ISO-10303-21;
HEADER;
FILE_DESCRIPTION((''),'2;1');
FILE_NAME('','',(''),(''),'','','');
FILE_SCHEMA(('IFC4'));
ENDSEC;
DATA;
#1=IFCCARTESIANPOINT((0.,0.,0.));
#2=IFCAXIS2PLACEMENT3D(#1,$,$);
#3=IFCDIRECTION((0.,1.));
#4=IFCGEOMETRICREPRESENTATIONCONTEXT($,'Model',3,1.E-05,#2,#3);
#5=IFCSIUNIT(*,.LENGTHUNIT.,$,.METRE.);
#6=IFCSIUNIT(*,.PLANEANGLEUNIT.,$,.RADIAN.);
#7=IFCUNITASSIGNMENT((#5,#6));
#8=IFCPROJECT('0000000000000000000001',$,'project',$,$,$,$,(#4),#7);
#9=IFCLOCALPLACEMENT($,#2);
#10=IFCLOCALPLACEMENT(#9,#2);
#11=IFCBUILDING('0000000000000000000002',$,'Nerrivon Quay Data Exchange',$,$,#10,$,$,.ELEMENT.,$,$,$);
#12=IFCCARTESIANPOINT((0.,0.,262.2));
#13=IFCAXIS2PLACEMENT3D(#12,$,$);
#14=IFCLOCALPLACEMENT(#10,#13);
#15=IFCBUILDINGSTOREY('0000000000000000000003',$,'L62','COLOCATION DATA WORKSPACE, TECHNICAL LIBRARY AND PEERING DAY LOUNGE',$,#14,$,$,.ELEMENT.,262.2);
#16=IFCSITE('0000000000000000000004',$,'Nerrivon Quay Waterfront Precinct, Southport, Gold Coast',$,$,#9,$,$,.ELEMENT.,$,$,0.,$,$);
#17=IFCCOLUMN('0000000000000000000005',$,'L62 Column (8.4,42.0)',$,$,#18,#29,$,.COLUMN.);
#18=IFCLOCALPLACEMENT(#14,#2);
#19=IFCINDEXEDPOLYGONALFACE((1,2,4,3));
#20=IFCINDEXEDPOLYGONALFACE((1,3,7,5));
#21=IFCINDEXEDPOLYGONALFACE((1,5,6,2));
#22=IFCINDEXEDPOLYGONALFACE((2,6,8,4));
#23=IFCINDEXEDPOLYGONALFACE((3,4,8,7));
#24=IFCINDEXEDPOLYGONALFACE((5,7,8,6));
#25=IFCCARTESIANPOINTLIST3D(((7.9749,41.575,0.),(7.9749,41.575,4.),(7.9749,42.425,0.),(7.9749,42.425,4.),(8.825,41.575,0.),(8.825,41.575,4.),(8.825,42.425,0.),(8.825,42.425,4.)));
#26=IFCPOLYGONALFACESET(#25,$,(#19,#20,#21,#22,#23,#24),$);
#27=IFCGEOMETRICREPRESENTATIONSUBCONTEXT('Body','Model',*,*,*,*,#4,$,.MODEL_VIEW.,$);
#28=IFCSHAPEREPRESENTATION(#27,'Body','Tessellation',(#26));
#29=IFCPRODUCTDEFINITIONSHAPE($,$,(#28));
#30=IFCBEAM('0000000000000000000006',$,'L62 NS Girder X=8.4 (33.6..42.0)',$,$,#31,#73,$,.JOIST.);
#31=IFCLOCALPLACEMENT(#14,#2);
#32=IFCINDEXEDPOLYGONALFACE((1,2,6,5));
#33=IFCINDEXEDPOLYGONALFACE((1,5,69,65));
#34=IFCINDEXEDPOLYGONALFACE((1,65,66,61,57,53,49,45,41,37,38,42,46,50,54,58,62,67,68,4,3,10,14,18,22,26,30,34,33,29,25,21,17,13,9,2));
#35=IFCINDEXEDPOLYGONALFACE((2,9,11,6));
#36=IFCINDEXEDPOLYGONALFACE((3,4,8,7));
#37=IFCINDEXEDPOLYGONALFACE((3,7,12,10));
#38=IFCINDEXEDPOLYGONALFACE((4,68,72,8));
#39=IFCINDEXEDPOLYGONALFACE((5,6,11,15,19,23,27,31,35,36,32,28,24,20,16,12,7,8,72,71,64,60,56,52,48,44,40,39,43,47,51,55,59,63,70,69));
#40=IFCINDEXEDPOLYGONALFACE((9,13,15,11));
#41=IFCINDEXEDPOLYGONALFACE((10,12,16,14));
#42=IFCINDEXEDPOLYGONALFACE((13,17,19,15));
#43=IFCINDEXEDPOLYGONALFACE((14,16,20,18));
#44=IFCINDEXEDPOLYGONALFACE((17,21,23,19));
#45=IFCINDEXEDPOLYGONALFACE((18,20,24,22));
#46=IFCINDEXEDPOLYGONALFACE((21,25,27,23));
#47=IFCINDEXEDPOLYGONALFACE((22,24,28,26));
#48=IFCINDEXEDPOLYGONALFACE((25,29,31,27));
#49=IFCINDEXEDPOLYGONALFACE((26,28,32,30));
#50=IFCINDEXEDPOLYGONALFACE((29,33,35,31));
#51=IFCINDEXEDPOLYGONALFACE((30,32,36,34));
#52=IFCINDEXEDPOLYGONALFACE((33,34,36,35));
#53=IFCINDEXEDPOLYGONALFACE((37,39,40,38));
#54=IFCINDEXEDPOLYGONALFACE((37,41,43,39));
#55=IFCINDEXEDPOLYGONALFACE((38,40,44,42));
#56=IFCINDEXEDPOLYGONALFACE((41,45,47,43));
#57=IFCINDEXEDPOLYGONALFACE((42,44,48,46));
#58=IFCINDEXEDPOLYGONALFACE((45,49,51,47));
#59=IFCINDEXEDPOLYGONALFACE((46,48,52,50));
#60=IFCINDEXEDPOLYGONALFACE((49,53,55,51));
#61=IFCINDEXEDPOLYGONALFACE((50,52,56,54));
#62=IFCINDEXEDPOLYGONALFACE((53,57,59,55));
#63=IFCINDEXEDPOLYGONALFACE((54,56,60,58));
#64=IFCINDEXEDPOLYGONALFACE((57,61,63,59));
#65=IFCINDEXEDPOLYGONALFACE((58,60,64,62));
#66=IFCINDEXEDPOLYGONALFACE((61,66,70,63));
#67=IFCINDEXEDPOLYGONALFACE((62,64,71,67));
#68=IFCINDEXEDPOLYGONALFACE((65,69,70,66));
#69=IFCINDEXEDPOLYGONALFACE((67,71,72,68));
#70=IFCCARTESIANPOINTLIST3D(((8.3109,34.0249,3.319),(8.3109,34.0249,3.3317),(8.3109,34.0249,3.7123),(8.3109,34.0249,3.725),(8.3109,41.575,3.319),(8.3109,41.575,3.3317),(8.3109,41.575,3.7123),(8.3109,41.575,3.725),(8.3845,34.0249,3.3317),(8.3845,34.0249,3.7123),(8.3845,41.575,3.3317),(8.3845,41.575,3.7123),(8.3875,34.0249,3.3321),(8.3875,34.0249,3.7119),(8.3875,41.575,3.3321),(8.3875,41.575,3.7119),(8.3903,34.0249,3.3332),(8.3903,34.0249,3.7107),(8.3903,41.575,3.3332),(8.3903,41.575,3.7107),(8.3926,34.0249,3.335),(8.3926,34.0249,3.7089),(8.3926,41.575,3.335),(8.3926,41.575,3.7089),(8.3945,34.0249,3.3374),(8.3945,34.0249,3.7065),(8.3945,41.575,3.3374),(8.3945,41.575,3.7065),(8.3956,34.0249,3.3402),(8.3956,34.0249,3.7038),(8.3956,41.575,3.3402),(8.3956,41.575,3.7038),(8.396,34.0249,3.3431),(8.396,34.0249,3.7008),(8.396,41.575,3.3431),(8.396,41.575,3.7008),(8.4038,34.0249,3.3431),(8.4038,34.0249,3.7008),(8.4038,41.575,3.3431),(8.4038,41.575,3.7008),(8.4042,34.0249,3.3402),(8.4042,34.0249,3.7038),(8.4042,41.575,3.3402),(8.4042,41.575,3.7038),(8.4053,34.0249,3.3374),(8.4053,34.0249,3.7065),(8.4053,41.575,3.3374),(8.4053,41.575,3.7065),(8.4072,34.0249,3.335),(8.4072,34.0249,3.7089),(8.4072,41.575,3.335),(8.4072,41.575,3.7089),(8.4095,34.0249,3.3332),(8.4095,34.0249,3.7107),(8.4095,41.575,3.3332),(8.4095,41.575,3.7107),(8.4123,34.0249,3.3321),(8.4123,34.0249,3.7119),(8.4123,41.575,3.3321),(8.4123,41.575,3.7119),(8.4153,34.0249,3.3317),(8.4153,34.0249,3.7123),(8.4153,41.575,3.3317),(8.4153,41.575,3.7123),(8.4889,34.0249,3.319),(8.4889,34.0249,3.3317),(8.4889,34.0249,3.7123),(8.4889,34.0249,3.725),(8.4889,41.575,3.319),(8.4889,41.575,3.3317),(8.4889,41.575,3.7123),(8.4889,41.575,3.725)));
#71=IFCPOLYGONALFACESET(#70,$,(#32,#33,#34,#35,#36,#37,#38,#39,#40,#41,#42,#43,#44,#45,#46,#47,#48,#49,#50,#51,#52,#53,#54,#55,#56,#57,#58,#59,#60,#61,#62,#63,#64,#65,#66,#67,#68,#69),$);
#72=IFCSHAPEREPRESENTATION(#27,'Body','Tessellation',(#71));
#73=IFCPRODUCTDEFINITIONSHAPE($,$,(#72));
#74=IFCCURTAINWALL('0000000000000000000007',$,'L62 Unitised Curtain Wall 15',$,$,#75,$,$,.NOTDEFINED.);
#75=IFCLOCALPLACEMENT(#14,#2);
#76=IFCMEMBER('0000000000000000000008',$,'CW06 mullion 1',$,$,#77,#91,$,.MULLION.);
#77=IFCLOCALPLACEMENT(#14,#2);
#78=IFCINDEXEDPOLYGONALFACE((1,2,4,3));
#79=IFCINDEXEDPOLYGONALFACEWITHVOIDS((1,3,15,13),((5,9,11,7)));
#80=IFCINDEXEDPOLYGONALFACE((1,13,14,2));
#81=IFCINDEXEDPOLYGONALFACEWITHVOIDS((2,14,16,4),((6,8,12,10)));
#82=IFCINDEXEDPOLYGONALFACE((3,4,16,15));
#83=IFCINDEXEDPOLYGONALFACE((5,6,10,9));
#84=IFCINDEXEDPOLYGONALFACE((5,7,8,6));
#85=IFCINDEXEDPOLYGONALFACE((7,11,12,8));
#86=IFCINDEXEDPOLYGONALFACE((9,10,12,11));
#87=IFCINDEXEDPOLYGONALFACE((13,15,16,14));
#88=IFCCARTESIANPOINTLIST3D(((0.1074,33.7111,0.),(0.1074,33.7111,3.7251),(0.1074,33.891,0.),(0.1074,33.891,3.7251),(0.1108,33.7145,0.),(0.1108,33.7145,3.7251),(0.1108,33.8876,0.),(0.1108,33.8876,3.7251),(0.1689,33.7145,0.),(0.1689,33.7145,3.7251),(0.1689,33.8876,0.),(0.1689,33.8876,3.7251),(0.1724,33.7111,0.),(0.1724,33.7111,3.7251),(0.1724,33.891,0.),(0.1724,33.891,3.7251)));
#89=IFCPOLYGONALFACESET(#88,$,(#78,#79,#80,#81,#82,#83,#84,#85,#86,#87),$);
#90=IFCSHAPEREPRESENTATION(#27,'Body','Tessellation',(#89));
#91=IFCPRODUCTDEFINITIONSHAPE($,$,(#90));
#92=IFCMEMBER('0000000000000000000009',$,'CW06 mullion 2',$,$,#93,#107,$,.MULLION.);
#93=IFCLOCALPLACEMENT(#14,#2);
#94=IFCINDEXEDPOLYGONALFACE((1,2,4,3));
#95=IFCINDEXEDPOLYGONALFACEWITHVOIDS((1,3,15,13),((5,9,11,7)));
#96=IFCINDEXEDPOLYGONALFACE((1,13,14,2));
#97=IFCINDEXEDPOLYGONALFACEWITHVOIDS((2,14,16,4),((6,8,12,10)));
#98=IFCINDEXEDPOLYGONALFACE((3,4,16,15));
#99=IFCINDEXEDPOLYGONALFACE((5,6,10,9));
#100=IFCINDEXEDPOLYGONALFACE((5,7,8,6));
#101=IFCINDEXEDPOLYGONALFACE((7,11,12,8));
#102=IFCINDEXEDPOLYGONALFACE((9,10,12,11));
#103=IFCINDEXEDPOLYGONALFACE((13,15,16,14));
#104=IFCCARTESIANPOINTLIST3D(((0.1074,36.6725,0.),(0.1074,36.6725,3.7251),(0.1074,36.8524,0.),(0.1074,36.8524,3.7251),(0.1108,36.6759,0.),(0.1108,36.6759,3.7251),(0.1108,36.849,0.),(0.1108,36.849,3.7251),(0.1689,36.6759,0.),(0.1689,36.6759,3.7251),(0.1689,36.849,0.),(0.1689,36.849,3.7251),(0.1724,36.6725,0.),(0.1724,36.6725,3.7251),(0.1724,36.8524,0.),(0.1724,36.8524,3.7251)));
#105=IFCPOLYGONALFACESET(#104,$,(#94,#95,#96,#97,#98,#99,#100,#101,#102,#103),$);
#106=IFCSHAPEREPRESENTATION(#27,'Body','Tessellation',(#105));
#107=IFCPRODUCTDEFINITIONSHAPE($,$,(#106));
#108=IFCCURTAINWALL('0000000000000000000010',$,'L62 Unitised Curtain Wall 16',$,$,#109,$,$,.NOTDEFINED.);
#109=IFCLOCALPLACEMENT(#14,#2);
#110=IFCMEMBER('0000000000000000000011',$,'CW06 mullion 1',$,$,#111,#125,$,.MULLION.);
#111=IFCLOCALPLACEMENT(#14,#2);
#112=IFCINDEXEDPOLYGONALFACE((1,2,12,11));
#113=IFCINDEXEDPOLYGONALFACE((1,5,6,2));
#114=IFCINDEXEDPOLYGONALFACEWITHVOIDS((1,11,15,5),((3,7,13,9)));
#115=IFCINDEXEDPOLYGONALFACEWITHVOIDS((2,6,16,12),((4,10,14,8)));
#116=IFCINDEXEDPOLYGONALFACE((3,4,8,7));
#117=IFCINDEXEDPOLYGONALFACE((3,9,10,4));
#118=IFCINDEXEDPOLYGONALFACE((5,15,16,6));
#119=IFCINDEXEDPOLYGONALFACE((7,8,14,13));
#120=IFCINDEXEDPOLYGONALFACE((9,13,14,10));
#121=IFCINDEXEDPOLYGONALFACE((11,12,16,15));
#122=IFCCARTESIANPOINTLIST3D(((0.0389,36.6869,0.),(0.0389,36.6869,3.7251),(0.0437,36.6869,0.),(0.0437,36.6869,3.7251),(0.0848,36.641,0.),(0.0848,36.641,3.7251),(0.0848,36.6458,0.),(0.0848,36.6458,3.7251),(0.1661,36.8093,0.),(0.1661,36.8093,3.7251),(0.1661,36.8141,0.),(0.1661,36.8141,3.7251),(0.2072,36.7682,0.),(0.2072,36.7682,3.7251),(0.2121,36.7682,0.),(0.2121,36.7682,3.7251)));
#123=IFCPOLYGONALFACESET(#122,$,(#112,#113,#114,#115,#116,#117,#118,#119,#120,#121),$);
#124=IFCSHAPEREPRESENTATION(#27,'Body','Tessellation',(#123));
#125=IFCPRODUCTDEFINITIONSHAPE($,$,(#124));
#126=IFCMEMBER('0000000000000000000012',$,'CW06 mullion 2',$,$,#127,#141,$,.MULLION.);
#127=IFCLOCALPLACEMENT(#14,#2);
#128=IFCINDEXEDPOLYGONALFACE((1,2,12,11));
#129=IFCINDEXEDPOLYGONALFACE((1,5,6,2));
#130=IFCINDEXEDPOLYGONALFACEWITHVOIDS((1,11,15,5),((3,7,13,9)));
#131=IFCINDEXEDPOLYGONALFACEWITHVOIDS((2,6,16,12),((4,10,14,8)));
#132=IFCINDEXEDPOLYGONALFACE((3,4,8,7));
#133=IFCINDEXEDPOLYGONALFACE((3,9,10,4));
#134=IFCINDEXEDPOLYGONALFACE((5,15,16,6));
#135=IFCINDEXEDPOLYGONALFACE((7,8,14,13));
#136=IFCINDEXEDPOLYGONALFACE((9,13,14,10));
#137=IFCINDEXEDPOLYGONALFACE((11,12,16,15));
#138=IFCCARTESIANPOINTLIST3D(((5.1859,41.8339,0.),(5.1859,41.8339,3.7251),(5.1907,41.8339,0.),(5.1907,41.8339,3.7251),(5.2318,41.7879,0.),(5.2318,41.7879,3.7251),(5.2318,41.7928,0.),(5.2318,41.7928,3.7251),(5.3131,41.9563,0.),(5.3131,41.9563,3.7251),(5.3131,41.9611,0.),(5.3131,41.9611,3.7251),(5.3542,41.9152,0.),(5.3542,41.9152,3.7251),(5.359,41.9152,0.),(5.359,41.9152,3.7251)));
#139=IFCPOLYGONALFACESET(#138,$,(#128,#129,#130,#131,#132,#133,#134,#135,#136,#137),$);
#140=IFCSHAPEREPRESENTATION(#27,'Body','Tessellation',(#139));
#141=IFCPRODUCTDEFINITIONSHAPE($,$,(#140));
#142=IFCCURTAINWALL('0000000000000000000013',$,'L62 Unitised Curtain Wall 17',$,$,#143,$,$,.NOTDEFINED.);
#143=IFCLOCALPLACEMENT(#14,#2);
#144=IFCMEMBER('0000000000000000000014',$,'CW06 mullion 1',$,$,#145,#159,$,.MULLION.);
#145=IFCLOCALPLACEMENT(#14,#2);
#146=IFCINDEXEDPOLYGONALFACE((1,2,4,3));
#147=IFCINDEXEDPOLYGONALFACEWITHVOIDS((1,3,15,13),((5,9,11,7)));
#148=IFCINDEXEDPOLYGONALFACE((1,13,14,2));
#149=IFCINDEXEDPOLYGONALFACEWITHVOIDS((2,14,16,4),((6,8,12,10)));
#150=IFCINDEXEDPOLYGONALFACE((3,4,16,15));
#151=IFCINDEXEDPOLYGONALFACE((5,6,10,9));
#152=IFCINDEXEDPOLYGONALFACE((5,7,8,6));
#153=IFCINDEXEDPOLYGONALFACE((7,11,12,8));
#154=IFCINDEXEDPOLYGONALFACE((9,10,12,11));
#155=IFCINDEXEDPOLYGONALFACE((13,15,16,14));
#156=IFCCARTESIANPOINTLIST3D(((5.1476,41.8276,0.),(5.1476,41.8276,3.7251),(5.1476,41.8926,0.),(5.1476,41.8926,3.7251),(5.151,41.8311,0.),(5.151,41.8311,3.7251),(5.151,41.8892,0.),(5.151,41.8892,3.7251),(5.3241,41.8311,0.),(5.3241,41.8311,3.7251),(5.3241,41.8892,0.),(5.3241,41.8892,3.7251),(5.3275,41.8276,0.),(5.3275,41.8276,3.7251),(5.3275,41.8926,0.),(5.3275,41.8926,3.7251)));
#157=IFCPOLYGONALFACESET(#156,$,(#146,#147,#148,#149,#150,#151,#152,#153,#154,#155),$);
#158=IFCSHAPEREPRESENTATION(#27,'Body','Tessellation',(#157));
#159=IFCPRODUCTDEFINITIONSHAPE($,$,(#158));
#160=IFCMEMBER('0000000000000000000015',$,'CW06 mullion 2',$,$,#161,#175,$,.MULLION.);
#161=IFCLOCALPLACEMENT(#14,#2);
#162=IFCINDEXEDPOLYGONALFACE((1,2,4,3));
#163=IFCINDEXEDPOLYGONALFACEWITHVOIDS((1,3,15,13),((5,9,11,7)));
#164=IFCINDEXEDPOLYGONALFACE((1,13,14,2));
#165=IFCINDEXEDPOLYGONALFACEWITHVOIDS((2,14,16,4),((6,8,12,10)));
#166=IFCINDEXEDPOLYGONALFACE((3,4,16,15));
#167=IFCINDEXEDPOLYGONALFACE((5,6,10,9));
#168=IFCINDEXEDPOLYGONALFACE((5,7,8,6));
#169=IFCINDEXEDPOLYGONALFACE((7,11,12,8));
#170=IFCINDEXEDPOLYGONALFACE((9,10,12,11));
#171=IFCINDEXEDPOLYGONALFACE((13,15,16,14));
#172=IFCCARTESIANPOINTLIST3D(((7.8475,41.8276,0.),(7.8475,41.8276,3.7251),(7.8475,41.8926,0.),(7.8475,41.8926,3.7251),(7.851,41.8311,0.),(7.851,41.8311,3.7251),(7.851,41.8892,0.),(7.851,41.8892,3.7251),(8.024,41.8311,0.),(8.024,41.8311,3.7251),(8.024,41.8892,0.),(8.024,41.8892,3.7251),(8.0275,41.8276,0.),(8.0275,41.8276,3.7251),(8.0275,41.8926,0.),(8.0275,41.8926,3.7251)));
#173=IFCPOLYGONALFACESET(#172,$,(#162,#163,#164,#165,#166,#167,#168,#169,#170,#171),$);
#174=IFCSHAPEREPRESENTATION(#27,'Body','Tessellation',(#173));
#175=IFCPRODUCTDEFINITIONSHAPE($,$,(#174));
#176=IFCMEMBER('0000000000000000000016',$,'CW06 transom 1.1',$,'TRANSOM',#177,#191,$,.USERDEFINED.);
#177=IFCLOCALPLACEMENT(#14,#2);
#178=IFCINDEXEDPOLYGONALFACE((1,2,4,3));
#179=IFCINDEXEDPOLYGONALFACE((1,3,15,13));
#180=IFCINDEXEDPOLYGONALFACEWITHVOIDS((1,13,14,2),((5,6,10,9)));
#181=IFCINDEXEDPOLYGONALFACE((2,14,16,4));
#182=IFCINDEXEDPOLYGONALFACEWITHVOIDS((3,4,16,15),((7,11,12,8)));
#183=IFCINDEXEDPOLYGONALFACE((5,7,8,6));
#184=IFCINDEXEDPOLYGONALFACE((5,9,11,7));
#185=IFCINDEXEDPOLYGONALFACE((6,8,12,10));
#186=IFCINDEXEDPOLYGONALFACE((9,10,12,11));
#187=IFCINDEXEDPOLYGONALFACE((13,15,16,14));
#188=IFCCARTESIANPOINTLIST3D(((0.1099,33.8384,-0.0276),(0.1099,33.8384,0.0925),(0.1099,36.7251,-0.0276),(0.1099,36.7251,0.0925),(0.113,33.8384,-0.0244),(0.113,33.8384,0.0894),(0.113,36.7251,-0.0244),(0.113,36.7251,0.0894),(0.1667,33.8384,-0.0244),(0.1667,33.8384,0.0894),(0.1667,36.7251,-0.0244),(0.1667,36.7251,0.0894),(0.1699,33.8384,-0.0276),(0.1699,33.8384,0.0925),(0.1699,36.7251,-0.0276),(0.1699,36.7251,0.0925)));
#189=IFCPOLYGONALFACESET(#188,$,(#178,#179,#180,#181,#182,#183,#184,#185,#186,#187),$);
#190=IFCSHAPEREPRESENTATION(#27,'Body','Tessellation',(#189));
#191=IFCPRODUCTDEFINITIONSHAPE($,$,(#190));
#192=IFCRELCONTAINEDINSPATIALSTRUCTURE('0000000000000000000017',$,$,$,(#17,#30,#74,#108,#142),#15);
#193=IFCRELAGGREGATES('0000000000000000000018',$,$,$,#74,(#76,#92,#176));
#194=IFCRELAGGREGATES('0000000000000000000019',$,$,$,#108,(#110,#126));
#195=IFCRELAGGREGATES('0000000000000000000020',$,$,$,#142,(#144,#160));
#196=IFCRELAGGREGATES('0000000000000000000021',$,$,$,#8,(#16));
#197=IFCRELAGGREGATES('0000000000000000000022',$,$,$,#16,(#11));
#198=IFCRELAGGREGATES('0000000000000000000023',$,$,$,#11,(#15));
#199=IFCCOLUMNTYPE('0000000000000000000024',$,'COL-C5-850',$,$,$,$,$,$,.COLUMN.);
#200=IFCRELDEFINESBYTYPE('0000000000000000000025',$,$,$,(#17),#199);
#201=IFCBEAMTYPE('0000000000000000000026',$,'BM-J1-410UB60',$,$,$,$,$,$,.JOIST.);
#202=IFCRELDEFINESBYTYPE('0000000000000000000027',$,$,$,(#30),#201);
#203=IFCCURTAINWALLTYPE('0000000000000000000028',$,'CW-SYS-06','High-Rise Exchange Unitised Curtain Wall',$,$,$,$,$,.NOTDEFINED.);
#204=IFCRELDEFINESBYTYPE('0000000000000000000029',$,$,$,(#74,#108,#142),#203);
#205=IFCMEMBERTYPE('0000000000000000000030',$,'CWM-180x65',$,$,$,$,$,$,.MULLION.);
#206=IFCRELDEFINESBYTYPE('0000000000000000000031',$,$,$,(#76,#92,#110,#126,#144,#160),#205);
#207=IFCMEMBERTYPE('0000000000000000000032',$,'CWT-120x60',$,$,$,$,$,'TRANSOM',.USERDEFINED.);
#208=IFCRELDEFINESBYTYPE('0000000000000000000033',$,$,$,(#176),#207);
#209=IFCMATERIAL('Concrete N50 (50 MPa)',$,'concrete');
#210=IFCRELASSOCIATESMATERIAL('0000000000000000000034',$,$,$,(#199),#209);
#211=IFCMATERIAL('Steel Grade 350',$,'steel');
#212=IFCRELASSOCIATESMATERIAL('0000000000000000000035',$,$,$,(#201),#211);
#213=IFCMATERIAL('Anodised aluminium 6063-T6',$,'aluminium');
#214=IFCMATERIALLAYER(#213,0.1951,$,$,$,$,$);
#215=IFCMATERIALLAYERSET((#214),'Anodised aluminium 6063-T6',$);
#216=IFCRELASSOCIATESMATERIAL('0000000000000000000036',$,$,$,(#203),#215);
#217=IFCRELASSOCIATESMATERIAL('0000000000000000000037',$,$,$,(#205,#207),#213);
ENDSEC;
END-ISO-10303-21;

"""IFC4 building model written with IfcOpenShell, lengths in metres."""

from ifc_helpers import new_model, si_unit, direction, frame, origin, origin_2d, place, context, subcontext, project, spatial, rectangle, hollow_rectangle, i_section, extrude, material, layer, layer_set, material_profile, profile_set, type_object, element, aggregate, save


model = new_model("IFC4")

# Units and contexts
model_context = context("Model", 3, precision=1e-05, world=origin(), true_north=direction((0.0, 1.0)))
body_context = subcontext(model_context, "Body", "Model", "MODEL_VIEW")
ifc_project = project(units=[si_unit("LENGTHUNIT", "METRE"), si_unit("PLANEANGLEUNIT", "RADIAN")], contexts=[model_context])

# Site, building, storey
site_placement = place(None, origin())
site = spatial("IfcSite", under=ifc_project, at=site_placement, Name="Nerrivon Quay Waterfront Precinct, Southport, Gold Coast", CompositionType="ELEMENT", RefElevation=0.0)
building_placement = place(site_placement, origin())
building = spatial("IfcBuilding", under=site, at=building_placement, Name="Nerrivon Quay Data Exchange", CompositionType="ELEMENT")
storey_placement = place(building_placement, frame((0.0, 0.0, 262.2)))
storey = spatial("IfcBuildingStorey", under=building, at=storey_placement, Name="L62", Description="COLOCATION DATA WORKSPACE, TECHNICAL LIBRARY AND PEERING DAY LOUNGE", CompositionType="ELEMENT", Elevation=262.2)

# Column
ifc_material_1 = material(Name="Concrete N50 (50 MPa)", Category="concrete")
ifc_material_profile_1 = material_profile(ifc_material_1, rectangle(XDim=0.8501, YDim=0.8501, at=origin_2d()), Name="RC-COL-850x850")
ifc_profile_set_1 = profile_set([ifc_material_profile_1], Name="Concrete N50 (50 MPa)")
column_type = type_object("IfcColumnType", Name="COL-C5-850", PredefinedType="COLUMN", material=ifc_profile_set_1)
column_placement = place(storey_placement, frame((8.3999, 42.0, 0.0), z_axis=(0.0, 0.0, 1.0), x_axis=(1.0, 0.0, 0.0)))
element("IfcColumn", 1, at=column_placement, inside=storey, type_object=column_type, Name="L62 Column (8.4,42.0)", PredefinedType="COLUMN", context=body_context, shape_type="SweptSolid", body=[
    extrude(rectangle(XDim=0.8501, YDim=0.8501, at=origin_2d()), origin(), (0.0, 0.0, 1.0), 4.0),
])

# Beam
ifc_material_2 = material(Name="Steel Grade 350", Category="steel")
ifc_material_profile_2 = material_profile(ifc_material_2, i_section(OverallWidth=0.178, OverallDepth=0.406, WebThickness=0.0078, FlangeThickness=0.0127, FilletRadius=0.0115, at=origin_2d()), Name="410UB59.7")
ifc_profile_set_2 = profile_set([ifc_material_profile_2], Name="Steel Grade 350")
beam_type = type_object("IfcBeamType", Name="BM-J1-410UB60", PredefinedType="JOIST", material=ifc_profile_set_2)
beam_placement = place(storey_placement, frame((8.3999, 34.0249, 3.522), z_axis=(0.0, 1.0, 0.0), x_axis=(-1.0, 0.0, 0.0)))
element("IfcBeam", 2, at=beam_placement, inside=storey, type_object=beam_type, Name="L62 NS Girder X=8.4 (33.6..42.0)", PredefinedType="JOIST", context=body_context, shape_type="SweptSolid", body=[
    extrude(i_section(OverallWidth=0.178, OverallDepth=0.406, WebThickness=0.0078, FlangeThickness=0.0127, FilletRadius=0.0115, at=origin_2d()), origin(), (0.0, 0.0, 1.0), 7.55),
])

# Curtain walls, members
ifc_material_3 = material(Name="Anodised aluminium 6063-T6", Category="aluminium")
ifc_layer_1 = layer(ifc_material_3, 0.1951)
ifc_layer_set_1 = layer_set([ifc_layer_1], Name="Anodised aluminium 6063-T6")
curtain_wall_type = type_object("IfcCurtainWallType", Name="CW-SYS-06", Description="High-Rise Exchange Unitised Curtain Wall", PredefinedType="NOTDEFINED", material=ifc_layer_set_1)
curtain_wall_1_placement = place(storey_placement, origin())
curtain_wall_1 = element("IfcCurtainWall", 3, at=curtain_wall_1_placement, inside=storey, type_object=curtain_wall_type, Name="L62 Unitised Curtain Wall 15", PredefinedType="NOTDEFINED")
ifc_material_profile_3 = material_profile(ifc_material_3, hollow_rectangle(XDim=0.0649, YDim=0.1799, WallThickness=0.0034, at=origin_2d()), Name="ALU-MULL-180x65")
ifc_profile_set_3 = profile_set([ifc_material_profile_3], Name="Anodised aluminium 6063-T6")
member_type_1 = type_object("IfcMemberType", Name="CWM-180x65", PredefinedType="MULLION", material=ifc_profile_set_3)
member_1_placement = place(storey_placement, frame((0.1399, 33.801, 0.0), z_axis=(0.0, 0.0, 1.0), x_axis=(-1.0, 0.0, 0.0)))
member_1 = element("IfcMember", 4, at=member_1_placement, type_object=member_type_1, Name="CW06 mullion 1", PredefinedType="MULLION", context=body_context, shape_type="SweptSolid", body=[
    extrude(hollow_rectangle(XDim=0.0649, YDim=0.1799, WallThickness=0.0034, at=origin_2d()), origin(), (0.0, 0.0, 1.0), 3.7251),
])
member_2_placement = place(storey_placement, frame((0.1399, 36.7625, 0.0), z_axis=(0.0, 0.0, 1.0), x_axis=(-1.0, 0.0, 0.0)))
member_2 = element("IfcMember", 5, at=member_2_placement, type_object=member_type_1, Name="CW06 mullion 2", PredefinedType="MULLION", context=body_context, shape_type="SweptSolid", body=[
    extrude(hollow_rectangle(XDim=0.0649, YDim=0.1799, WallThickness=0.0034, at=origin_2d()), origin(), (0.0, 0.0, 1.0), 3.7251),
])
curtain_wall_2_placement = place(storey_placement, origin())
curtain_wall_2 = element("IfcCurtainWall", 6, at=curtain_wall_2_placement, inside=storey, type_object=curtain_wall_type, Name="L62 Unitised Curtain Wall 16", PredefinedType="NOTDEFINED")
member_3_placement = place(storey_placement, frame((0.1255, 36.7275, 0.0), z_axis=(0.0, 0.0, 1.0), x_axis=(-0.707107, 0.707107, 0.0)))
member_3 = element("IfcMember", 7, at=member_3_placement, type_object=member_type_1, Name="CW06 mullion 1", PredefinedType="MULLION", context=body_context, shape_type="SweptSolid", body=[
    extrude(hollow_rectangle(XDim=0.0649, YDim=0.1799, WallThickness=0.0034, at=origin_2d()), origin(), (0.0, 0.0, 1.0), 3.7251),
])
member_4_placement = place(storey_placement, frame((5.2725, 41.8745, 0.0), z_axis=(0.0, 0.0, 1.0), x_axis=(-0.707107, 0.707107, 0.0)))
member_4 = element("IfcMember", 8, at=member_4_placement, type_object=member_type_1, Name="CW06 mullion 2", PredefinedType="MULLION", context=body_context, shape_type="SweptSolid", body=[
    extrude(hollow_rectangle(XDim=0.0649, YDim=0.1799, WallThickness=0.0034, at=origin_2d()), origin(), (0.0, 0.0, 1.0), 3.7251),
])
curtain_wall_3_placement = place(storey_placement, origin())
curtain_wall_3 = element("IfcCurtainWall", 9, at=curtain_wall_3_placement, inside=storey, type_object=curtain_wall_type, Name="L62 Unitised Curtain Wall 17", PredefinedType="NOTDEFINED")
member_5_placement = place(storey_placement, frame((5.2375, 41.8601, 0.0), z_axis=(0.0, 0.0, 1.0), x_axis=(0.0, 1.0, 0.0)))
member_5 = element("IfcMember", 10, at=member_5_placement, type_object=member_type_1, Name="CW06 mullion 1", PredefinedType="MULLION", context=body_context, shape_type="SweptSolid", body=[
    extrude(hollow_rectangle(XDim=0.0649, YDim=0.1799, WallThickness=0.0034, at=origin_2d()), origin(), (0.0, 0.0, 1.0), 3.7251),
])
member_6_placement = place(storey_placement, frame((7.9375, 41.8601, 0.0), z_axis=(0.0, 0.0, 1.0), x_axis=(0.0, 1.0, 0.0)))
member_6 = element("IfcMember", 11, at=member_6_placement, type_object=member_type_1, Name="CW06 mullion 2", PredefinedType="MULLION", context=body_context, shape_type="SweptSolid", body=[
    extrude(hollow_rectangle(XDim=0.0649, YDim=0.1799, WallThickness=0.0034, at=origin_2d()), origin(), (0.0, 0.0, 1.0), 3.7251),
])

# Member
ifc_material_profile_4 = material_profile(ifc_material_3, hollow_rectangle(XDim=0.0601, YDim=0.1201, WallThickness=0.0032, at=origin_2d()), Name="ALU-TRAN-120x60")
ifc_profile_set_4 = profile_set([ifc_material_profile_4], Name="Anodised aluminium 6063-T6")
member_type_2 = type_object("IfcMemberType", Name="CWT-120x60", ElementType="TRANSOM", PredefinedType="USERDEFINED", material=ifc_profile_set_4)
member_7_placement = place(storey_placement, frame((0.1399, 33.8384, 0.0325), z_axis=(0.0, 1.0, 0.0), x_axis=(-1.0, 0.0, 0.0)))
member_7 = element("IfcMember", 12, at=member_7_placement, type_object=member_type_2, Name="CW06 transom 1.1", ObjectType="TRANSOM", PredefinedType="USERDEFINED", context=body_context, shape_type="SweptSolid", body=[
    extrude(hollow_rectangle(XDim=0.0601, YDim=0.1201, WallThickness=0.0032, at=origin_2d()), origin(), (0.0, 0.0, 1.0), 2.8867),
])

aggregate(curtain_wall_1, [member_1, member_2, member_7])
aggregate(curtain_wall_2, [member_3, member_4])
aggregate(curtain_wall_3, [member_5, member_6])

save(model, "model.ifc")
